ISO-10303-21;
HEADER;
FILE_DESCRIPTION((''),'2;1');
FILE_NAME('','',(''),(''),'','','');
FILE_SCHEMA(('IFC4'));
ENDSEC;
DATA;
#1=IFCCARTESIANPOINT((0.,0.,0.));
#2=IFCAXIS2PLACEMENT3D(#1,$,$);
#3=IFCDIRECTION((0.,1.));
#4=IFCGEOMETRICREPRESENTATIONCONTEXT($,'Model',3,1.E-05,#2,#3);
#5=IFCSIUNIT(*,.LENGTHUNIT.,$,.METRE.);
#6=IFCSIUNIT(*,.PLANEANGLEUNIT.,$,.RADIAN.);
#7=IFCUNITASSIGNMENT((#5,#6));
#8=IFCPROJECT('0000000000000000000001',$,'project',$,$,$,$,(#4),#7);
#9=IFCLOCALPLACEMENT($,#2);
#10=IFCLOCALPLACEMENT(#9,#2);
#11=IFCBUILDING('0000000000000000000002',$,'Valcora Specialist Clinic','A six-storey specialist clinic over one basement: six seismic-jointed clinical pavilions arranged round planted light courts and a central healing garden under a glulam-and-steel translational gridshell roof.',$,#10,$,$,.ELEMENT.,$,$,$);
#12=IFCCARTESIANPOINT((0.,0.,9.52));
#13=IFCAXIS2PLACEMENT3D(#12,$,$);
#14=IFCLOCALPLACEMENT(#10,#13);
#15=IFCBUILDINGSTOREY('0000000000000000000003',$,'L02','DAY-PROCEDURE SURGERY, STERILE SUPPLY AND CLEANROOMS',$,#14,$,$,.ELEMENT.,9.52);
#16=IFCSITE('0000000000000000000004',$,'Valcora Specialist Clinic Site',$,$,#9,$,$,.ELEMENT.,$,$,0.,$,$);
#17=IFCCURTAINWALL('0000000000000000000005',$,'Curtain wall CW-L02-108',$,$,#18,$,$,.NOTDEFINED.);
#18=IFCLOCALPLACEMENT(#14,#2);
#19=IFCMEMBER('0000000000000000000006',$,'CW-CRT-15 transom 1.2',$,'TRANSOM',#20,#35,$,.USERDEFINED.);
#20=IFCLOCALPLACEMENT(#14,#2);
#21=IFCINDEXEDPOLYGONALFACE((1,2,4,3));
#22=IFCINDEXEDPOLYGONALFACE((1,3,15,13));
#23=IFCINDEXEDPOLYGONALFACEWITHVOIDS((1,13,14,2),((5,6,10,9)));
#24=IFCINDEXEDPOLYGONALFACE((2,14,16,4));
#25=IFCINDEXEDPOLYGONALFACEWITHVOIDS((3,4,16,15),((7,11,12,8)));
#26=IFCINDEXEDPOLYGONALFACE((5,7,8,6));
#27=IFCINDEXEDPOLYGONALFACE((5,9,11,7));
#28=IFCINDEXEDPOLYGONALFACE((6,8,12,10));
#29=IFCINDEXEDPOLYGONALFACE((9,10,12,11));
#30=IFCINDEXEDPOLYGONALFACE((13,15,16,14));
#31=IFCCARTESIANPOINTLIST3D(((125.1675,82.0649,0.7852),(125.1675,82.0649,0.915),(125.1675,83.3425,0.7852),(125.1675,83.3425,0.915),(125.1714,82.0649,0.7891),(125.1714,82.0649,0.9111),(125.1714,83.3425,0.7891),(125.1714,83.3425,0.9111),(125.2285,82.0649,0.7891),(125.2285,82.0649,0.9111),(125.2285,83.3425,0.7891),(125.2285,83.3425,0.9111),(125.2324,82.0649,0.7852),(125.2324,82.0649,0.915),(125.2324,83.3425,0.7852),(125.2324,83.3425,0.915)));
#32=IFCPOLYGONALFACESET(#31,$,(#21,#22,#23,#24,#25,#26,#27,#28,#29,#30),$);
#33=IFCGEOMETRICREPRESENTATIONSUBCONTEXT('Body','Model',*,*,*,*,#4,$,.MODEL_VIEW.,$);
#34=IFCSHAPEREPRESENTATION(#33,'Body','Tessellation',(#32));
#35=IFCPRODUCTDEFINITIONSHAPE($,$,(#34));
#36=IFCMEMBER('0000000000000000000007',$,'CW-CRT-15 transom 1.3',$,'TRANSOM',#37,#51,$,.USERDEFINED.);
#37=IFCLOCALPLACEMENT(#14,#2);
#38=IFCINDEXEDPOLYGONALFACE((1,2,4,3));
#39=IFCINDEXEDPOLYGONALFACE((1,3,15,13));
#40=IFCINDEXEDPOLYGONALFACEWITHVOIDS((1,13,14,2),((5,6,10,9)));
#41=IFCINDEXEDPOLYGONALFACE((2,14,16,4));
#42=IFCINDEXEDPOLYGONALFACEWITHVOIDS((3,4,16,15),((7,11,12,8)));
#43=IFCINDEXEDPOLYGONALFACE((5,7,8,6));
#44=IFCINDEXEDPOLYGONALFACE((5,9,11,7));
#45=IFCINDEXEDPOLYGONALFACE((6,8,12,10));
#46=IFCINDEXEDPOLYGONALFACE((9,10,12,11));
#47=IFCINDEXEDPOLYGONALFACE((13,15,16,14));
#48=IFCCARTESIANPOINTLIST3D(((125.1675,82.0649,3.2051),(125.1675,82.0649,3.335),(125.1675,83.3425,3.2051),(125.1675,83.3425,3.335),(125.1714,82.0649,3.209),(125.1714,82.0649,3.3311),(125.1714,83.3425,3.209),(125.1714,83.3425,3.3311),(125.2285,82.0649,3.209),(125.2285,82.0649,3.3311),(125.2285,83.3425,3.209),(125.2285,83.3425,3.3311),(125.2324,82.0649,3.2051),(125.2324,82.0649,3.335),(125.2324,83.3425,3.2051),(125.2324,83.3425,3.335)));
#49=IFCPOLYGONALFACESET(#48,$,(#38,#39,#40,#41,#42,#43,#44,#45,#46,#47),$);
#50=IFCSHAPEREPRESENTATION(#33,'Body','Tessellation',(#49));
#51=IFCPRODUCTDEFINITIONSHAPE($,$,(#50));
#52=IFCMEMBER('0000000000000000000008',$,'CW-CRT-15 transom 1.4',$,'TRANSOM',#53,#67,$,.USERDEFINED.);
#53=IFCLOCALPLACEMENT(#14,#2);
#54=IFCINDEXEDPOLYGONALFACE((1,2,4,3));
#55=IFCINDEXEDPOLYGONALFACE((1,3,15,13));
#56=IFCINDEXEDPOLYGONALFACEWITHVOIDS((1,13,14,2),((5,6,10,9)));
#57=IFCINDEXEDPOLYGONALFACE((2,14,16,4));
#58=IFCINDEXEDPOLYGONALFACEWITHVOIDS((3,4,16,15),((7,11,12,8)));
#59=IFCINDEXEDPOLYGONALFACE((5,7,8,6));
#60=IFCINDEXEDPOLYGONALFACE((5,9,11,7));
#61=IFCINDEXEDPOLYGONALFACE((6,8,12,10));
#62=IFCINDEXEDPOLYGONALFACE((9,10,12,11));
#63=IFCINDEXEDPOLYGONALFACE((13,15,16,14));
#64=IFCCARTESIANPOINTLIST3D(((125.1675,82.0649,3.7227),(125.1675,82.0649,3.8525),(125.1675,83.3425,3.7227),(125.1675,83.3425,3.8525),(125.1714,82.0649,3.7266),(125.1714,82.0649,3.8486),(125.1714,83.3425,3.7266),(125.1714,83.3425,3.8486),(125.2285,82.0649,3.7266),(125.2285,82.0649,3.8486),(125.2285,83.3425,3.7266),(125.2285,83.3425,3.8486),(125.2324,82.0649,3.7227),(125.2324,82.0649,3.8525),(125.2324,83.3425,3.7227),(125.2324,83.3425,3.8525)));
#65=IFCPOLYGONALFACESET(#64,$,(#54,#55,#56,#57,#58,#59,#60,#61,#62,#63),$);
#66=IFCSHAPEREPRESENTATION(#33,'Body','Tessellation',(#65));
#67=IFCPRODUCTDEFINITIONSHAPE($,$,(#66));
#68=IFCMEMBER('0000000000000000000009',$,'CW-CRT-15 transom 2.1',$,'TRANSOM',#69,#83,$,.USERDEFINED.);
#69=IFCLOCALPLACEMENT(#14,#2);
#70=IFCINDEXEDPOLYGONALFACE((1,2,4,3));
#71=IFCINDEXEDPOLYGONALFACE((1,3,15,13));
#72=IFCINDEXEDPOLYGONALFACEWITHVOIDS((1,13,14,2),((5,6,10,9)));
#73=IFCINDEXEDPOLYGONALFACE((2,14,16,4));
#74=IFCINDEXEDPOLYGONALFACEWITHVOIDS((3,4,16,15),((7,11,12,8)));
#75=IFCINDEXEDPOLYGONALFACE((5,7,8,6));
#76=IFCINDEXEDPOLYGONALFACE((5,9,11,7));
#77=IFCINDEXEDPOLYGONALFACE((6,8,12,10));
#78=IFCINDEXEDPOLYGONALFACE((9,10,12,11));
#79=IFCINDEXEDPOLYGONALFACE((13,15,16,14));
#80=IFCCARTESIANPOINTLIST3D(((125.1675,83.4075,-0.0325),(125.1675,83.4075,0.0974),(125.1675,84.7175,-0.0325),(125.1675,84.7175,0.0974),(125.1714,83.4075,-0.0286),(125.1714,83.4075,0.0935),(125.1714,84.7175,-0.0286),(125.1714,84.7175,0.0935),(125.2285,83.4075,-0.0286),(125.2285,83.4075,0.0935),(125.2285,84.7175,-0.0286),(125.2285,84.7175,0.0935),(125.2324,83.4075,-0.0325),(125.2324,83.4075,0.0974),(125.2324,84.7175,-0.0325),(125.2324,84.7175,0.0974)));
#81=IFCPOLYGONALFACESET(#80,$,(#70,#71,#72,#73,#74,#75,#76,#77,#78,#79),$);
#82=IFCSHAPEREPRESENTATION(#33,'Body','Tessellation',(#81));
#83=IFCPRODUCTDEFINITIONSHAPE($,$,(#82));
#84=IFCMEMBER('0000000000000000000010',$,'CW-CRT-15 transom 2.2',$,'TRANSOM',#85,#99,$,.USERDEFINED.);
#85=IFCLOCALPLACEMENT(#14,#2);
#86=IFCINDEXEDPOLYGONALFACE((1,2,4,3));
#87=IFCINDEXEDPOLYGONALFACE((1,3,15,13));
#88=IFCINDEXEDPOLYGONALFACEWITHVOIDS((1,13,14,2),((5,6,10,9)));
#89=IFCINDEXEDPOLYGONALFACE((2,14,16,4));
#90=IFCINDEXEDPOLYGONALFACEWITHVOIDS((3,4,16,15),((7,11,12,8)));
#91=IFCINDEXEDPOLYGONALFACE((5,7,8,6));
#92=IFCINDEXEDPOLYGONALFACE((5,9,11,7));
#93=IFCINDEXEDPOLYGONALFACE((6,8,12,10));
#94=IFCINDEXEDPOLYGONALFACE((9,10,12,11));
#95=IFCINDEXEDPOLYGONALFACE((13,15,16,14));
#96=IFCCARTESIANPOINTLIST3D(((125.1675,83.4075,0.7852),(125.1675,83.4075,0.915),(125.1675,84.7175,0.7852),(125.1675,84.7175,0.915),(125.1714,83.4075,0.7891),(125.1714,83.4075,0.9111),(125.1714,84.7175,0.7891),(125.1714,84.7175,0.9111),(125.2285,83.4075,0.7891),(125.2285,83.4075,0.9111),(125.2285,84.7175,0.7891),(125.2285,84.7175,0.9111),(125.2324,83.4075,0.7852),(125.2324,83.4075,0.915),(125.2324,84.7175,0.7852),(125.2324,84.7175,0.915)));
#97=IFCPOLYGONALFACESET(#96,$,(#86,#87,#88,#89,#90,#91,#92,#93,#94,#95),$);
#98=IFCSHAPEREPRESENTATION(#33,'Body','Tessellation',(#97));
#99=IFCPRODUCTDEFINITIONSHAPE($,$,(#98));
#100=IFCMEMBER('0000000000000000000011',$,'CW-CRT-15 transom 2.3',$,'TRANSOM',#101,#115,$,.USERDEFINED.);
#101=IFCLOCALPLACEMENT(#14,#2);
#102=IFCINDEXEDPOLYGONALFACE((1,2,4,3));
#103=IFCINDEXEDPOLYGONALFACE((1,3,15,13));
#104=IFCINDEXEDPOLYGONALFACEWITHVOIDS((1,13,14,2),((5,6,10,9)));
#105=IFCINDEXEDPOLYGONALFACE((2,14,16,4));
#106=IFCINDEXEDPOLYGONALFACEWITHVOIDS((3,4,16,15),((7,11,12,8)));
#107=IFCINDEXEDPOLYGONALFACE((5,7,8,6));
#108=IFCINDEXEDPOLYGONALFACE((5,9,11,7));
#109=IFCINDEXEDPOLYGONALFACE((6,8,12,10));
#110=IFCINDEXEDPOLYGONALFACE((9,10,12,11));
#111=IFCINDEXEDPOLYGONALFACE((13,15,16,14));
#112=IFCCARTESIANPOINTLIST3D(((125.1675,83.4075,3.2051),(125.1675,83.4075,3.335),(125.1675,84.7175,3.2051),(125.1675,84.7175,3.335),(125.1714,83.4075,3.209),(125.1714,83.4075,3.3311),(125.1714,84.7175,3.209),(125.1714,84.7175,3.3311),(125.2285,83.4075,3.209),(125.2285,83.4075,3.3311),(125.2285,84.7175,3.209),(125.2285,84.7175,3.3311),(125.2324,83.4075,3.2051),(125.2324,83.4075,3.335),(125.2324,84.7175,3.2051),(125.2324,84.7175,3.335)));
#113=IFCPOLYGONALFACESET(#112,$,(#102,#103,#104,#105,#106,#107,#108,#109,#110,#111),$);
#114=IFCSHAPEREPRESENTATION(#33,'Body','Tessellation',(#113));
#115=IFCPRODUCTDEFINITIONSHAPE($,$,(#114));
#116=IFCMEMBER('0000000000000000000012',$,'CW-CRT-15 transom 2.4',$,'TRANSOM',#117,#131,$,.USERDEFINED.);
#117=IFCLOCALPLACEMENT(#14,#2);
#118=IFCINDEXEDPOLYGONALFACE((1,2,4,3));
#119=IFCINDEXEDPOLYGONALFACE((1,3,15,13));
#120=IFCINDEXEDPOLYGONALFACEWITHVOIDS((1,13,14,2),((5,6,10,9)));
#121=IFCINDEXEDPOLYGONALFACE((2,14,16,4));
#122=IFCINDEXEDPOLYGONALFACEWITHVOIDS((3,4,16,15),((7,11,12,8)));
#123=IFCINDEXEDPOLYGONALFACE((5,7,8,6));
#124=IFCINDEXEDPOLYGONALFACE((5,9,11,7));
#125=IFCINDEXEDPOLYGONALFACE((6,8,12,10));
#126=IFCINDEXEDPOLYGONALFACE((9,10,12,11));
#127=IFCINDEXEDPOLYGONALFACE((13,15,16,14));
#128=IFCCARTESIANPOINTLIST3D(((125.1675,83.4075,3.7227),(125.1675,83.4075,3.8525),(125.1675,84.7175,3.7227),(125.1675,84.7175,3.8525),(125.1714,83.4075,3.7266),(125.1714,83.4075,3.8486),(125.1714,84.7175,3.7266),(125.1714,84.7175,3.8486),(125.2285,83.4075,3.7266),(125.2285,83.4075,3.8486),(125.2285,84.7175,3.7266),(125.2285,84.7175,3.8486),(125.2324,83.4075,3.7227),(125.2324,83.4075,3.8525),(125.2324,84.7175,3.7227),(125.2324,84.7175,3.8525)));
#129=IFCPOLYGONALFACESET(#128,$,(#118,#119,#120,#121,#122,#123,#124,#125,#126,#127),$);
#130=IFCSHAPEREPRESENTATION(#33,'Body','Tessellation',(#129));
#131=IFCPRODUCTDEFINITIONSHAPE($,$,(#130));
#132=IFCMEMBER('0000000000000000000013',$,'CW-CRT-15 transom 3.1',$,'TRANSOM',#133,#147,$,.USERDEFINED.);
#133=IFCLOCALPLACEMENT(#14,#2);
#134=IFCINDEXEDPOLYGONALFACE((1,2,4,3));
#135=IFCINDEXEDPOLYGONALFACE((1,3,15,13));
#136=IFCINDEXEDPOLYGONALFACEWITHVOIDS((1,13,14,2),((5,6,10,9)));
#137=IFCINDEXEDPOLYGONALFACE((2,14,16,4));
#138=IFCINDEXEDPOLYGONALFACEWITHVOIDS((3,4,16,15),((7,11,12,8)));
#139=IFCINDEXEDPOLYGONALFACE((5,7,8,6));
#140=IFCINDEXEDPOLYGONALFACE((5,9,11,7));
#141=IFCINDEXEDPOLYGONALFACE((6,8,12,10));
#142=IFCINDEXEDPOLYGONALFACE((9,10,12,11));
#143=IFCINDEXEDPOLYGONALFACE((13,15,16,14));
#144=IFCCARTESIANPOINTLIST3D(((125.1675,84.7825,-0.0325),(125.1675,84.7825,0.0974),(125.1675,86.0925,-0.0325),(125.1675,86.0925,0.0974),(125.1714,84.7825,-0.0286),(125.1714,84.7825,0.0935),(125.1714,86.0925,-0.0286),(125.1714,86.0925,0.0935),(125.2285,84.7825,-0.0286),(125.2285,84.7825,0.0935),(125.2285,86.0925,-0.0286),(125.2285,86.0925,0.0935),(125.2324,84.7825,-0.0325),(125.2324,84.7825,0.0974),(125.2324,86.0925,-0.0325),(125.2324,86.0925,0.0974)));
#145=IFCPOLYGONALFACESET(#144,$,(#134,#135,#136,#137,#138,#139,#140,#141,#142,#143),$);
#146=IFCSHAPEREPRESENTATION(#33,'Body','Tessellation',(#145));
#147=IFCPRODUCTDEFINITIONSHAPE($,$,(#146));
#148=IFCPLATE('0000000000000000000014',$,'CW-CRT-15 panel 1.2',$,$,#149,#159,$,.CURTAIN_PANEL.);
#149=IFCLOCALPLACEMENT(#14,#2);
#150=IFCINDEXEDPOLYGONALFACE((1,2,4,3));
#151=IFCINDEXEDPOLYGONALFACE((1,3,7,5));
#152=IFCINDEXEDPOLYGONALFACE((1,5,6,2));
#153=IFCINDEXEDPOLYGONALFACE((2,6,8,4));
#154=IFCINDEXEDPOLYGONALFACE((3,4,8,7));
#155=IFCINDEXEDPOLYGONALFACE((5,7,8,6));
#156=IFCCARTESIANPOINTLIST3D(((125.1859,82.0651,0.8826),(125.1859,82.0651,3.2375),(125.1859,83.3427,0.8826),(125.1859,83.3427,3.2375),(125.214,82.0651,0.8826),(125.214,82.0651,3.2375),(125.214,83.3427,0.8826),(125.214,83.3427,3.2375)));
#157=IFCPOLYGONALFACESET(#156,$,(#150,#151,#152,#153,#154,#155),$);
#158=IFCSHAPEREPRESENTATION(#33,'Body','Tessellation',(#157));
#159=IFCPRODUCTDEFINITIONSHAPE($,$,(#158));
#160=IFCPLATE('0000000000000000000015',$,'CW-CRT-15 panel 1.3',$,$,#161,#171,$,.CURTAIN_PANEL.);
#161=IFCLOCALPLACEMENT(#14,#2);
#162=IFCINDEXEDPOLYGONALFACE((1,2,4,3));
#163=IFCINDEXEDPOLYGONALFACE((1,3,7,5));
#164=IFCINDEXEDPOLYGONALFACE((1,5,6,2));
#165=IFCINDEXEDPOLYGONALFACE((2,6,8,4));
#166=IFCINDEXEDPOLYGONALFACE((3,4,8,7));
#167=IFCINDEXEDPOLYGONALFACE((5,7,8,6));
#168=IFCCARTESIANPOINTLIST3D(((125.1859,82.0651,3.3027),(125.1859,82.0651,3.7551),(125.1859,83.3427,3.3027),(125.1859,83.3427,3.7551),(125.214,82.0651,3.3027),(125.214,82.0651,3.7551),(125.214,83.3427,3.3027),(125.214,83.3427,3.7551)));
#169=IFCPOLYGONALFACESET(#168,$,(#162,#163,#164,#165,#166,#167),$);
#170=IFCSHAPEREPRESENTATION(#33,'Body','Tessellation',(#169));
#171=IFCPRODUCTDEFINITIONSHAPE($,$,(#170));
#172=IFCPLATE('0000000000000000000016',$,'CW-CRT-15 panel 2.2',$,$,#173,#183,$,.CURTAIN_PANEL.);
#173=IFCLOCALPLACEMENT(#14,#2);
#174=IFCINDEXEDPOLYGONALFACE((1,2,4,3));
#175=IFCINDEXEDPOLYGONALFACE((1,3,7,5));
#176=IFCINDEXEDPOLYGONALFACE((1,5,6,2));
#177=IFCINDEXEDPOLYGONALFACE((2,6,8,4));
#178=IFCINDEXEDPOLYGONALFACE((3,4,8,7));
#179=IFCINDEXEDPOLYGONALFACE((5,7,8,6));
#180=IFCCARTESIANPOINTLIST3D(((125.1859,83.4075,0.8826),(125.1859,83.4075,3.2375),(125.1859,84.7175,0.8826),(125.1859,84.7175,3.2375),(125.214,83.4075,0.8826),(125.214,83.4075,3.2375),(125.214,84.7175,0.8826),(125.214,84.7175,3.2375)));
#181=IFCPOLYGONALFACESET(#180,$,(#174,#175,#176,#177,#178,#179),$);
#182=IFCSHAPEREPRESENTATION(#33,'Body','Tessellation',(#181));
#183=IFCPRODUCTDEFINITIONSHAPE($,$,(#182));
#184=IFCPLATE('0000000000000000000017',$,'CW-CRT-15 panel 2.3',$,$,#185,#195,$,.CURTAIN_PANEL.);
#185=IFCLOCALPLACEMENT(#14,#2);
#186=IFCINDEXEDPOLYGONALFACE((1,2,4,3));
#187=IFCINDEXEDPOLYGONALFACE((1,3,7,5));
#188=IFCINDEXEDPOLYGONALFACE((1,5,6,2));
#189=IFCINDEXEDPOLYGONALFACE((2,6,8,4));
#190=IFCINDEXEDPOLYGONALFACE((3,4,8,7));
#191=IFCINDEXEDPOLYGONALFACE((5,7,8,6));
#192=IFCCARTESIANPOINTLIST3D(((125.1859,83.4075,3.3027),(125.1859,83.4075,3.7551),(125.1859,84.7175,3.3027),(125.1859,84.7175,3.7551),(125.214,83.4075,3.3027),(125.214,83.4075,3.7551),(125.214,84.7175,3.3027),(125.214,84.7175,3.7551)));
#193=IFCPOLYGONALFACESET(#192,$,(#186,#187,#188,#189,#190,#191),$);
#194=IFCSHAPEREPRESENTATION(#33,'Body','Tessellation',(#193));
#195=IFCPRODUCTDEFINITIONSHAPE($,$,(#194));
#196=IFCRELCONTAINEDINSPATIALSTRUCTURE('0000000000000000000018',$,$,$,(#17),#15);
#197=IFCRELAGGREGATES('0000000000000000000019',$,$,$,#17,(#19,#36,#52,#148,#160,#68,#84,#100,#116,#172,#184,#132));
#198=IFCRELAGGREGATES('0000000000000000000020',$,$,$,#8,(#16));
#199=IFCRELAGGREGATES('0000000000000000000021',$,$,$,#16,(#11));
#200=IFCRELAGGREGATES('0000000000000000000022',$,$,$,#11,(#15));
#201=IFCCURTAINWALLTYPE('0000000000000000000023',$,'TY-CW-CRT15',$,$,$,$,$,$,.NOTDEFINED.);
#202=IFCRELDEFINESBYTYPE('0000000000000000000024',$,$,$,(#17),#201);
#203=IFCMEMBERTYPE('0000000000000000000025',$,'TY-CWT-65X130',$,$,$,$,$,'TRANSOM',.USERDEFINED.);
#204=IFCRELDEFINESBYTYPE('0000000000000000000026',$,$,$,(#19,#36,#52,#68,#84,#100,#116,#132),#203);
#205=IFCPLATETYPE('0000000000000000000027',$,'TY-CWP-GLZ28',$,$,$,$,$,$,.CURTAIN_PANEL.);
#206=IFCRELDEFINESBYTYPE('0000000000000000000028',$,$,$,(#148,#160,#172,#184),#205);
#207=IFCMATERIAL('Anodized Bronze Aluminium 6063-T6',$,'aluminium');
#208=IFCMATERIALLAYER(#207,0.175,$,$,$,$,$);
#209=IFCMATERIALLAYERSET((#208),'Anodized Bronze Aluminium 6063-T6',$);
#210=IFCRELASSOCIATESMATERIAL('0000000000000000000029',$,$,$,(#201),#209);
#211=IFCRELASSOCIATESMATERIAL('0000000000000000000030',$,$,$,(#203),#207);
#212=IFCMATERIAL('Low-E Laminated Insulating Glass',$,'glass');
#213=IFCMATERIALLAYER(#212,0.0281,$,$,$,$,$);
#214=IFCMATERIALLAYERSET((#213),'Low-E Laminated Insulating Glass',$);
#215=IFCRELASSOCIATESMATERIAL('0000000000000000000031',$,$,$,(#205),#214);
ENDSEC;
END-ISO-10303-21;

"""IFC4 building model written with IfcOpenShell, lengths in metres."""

from ifc_helpers import new_model, si_unit, direction, frame, origin, origin_2d, place, context, subcontext, project, spatial, rectangle, hollow_rectangle, extrude, material, layer, layer_set, material_profile, profile_set, type_object, element, aggregate, save


model = new_model("IFC4")

# Units and contexts
model_context = context("Model", 3, precision=1e-05, world=origin(), true_north=direction((0.0, 1.0)))
body_context = subcontext(model_context, "Body", "Model", "MODEL_VIEW")
ifc_project = project(units=[si_unit("LENGTHUNIT", "METRE"), si_unit("PLANEANGLEUNIT", "RADIAN")], contexts=[model_context])

# Site, building, storey
site_placement = place(None, origin())
site = spatial("IfcSite", under=ifc_project, at=site_placement, Name="Valcora Specialist Clinic Site", CompositionType="ELEMENT", RefElevation=0.0)
building_placement = place(site_placement, origin())
building = spatial("IfcBuilding", under=site, at=building_placement, Name="Valcora Specialist Clinic", Description="A six-storey specialist clinic over one basement: six seismic-jointed clinical pavilions arranged round planted light courts and a central healing garden under a glulam-and-steel translational gridshell roof.", CompositionType="ELEMENT")
storey_placement = place(building_placement, frame((0.0, 0.0, 9.52)))
storey = spatial("IfcBuildingStorey", under=building, at=storey_placement, Name="L02", Description="DAY-PROCEDURE SURGERY, STERILE SUPPLY AND CLEANROOMS", CompositionType="ELEMENT", Elevation=9.52)

# Curtain wall
ifc_material_1 = material(Name="Anodized Bronze Aluminium 6063-T6", Category="aluminium")
ifc_layer_1 = layer(ifc_material_1, 0.175)
ifc_layer_set_1 = layer_set([ifc_layer_1], Name="Anodized Bronze Aluminium 6063-T6")
curtain_wall_type = type_object("IfcCurtainWallType", Name="TY-CW-CRT15", PredefinedType="NOTDEFINED", material=ifc_layer_set_1)
curtain_wall_1_placement = place(storey_placement, origin())
curtain_wall_1 = element("IfcCurtainWall", 1, at=curtain_wall_1_placement, inside=storey, type_object=curtain_wall_type, Name="Curtain wall CW-L02-108", PredefinedType="NOTDEFINED")

# Members
ifc_material_profile_1 = material_profile(ifc_material_1, hollow_rectangle(XDim=0.0649, YDim=0.1299, WallThickness=0.0039, at=origin_2d()), Name="AL-TRN-65X130")
ifc_profile_set_1 = profile_set([ifc_material_profile_1], Name="Anodized Bronze Aluminium 6063-T6")
member_type_1 = type_object("IfcMemberType", Name="TY-CWT-65X130", ElementType="TRANSOM", PredefinedType="USERDEFINED", material=ifc_profile_set_1)
member_1_placement = place(storey_placement, frame((125.2, 82.0649, 0.8501), z_axis=(0.0, 1.0, 0.0), x_axis=(-1.0, 0.0, 0.0)))
member_1 = element("IfcMember", 2, at=member_1_placement, type_object=member_type_1, Name="CW-CRT-15 transom 1.2", ObjectType="TRANSOM", PredefinedType="USERDEFINED", context=body_context, shape_type="SweptSolid", body=[
    extrude(hollow_rectangle(XDim=0.0649, YDim=0.1299, WallThickness=0.0039, at=origin_2d()), origin(), (0.0, 0.0, 1.0), 1.2776),
])
member_2_placement = place(storey_placement, frame((125.2, 82.0649, 3.27), z_axis=(0.0, 1.0, 0.0), x_axis=(-1.0, 0.0, 0.0)))
member_2 = element("IfcMember", 3, at=member_2_placement, type_object=member_type_1, Name="CW-CRT-15 transom 1.3", ObjectType="TRANSOM", PredefinedType="USERDEFINED", context=body_context, shape_type="SweptSolid", body=[
    extrude(hollow_rectangle(XDim=0.0649, YDim=0.1299, WallThickness=0.0039, at=origin_2d()), origin(), (0.0, 0.0, 1.0), 1.2776),
])
member_3_placement = place(storey_placement, frame((125.2, 82.0649, 3.7876), z_axis=(0.0, 1.0, 0.0), x_axis=(-1.0, 0.0, 0.0)))
member_3 = element("IfcMember", 4, at=member_3_placement, type_object=member_type_1, Name="CW-CRT-15 transom 1.4", ObjectType="TRANSOM", PredefinedType="USERDEFINED", context=body_context, shape_type="SweptSolid", body=[
    extrude(hollow_rectangle(XDim=0.0649, YDim=0.1299, WallThickness=0.0039, at=origin_2d()), origin(), (0.0, 0.0, 1.0), 1.2776),
])
member_4_placement = place(storey_placement, frame((125.2, 83.4075, 0.0325), z_axis=(0.0, 1.0, 0.0), x_axis=(-1.0, 0.0, 0.0)))
member_4 = element("IfcMember", 5, at=member_4_placement, type_object=member_type_1, Name="CW-CRT-15 transom 2.1", ObjectType="TRANSOM", PredefinedType="USERDEFINED", context=body_context, shape_type="SweptSolid", body=[
    extrude(hollow_rectangle(XDim=0.0649, YDim=0.1299, WallThickness=0.0039, at=origin_2d()), origin(), (0.0, 0.0, 1.0), 1.3101),
])
member_5_placement = place(storey_placement, frame((125.2, 83.4075, 0.8501), z_axis=(0.0, 1.0, 0.0), x_axis=(-1.0, 0.0, 0.0)))
member_5 = element("IfcMember", 6, at=member_5_placement, type_object=member_type_1, Name="CW-CRT-15 transom 2.2", ObjectType="TRANSOM", PredefinedType="USERDEFINED", context=body_context, shape_type="SweptSolid", body=[
    extrude(hollow_rectangle(XDim=0.0649, YDim=0.1299, WallThickness=0.0039, at=origin_2d()), origin(), (0.0, 0.0, 1.0), 1.3101),
])
member_6_placement = place(storey_placement, frame((125.2, 83.4075, 3.27), z_axis=(0.0, 1.0, 0.0), x_axis=(-1.0, 0.0, 0.0)))
member_6 = element("IfcMember", 7, at=member_6_placement, type_object=member_type_1, Name="CW-CRT-15 transom 2.3", ObjectType="TRANSOM", PredefinedType="USERDEFINED", context=body_context, shape_type="SweptSolid", body=[
    extrude(hollow_rectangle(XDim=0.0649, YDim=0.1299, WallThickness=0.0039, at=origin_2d()), origin(), (0.0, 0.0, 1.0), 1.3101),
])
member_7_placement = place(storey_placement, frame((125.2, 83.4075, 3.7876), z_axis=(0.0, 1.0, 0.0), x_axis=(-1.0, 0.0, 0.0)))
member_7 = element("IfcMember", 8, at=member_7_placement, type_object=member_type_1, Name="CW-CRT-15 transom 2.4", ObjectType="TRANSOM", PredefinedType="USERDEFINED", context=body_context, shape_type="SweptSolid", body=[
    extrude(hollow_rectangle(XDim=0.0649, YDim=0.1299, WallThickness=0.0039, at=origin_2d()), origin(), (0.0, 0.0, 1.0), 1.3101),
])
member_8_placement = place(storey_placement, frame((125.2, 84.7825, 0.0325), z_axis=(0.0, 1.0, 0.0), x_axis=(-1.0, 0.0, 0.0)))
member_8 = element("IfcMember", 9, at=member_8_placement, type_object=member_type_1, Name="CW-CRT-15 transom 3.1", ObjectType="TRANSOM", PredefinedType="USERDEFINED", context=body_context, shape_type="SweptSolid", body=[
    extrude(hollow_rectangle(XDim=0.0649, YDim=0.1299, WallThickness=0.0039, at=origin_2d()), origin(), (0.0, 0.0, 1.0), 1.3101),
])

# Plates
ifc_material_2 = material(Name="Low-E Laminated Insulating Glass", Category="glass")
ifc_layer_2 = layer(ifc_material_2, 0.0281)
ifc_layer_set_2 = layer_set([ifc_layer_2], Name="Low-E Laminated Insulating Glass")
plate_type_1 = type_object("IfcPlateType", Name="TY-CWP-GLZ28", PredefinedType="CURTAIN_PANEL", material=ifc_layer_set_2)
plate_1_placement = place(storey_placement, frame((125.2, 82.7039, 0.8826), z_axis=(0.0, 0.0, 1.0), x_axis=(0.0, 1.0, 0.0)))
plate_1 = element("IfcPlate", 10, at=plate_1_placement, type_object=plate_type_1, Name="CW-CRT-15 panel 1.2", PredefinedType="CURTAIN_PANEL", context=body_context, shape_type="SweptSolid", body=[
    extrude(rectangle(XDim=1.2776, YDim=0.0281, at=origin_2d()), origin(), (0.0, 0.0, 1.0), 2.355),
])
plate_2_placement = place(storey_placement, frame((125.2, 82.7039, 3.3027), z_axis=(0.0, 0.0, 1.0), x_axis=(0.0, 1.0, 0.0)))
plate_2 = element("IfcPlate", 11, at=plate_2_placement, type_object=plate_type_1, Name="CW-CRT-15 panel 1.3", PredefinedType="CURTAIN_PANEL", context=body_context, shape_type="SweptSolid", body=[
    extrude(rectangle(XDim=1.2776, YDim=0.0281, at=origin_2d()), origin(), (0.0, 0.0, 1.0), 0.4524),
])
plate_3_placement = place(storey_placement, frame((125.2, 84.0625, 0.8826), z_axis=(0.0, 0.0, 1.0), x_axis=(0.0, 1.0, 0.0)))
plate_3 = element("IfcPlate", 12, at=plate_3_placement, type_object=plate_type_1, Name="CW-CRT-15 panel 2.2", PredefinedType="CURTAIN_PANEL", context=body_context, shape_type="SweptSolid", body=[
    extrude(rectangle(XDim=1.3101, YDim=0.0281, at=origin_2d()), origin(), (0.0, 0.0, 1.0), 2.355),
])
plate_4_placement = place(storey_placement, frame((125.2, 84.0625, 3.3027), z_axis=(0.0, 0.0, 1.0), x_axis=(0.0, 1.0, 0.0)))
plate_4 = element("IfcPlate", 13, at=plate_4_placement, type_object=plate_type_1, Name="CW-CRT-15 panel 2.3", PredefinedType="CURTAIN_PANEL", context=body_context, shape_type="SweptSolid", body=[
    extrude(rectangle(XDim=1.3101, YDim=0.0281, at=origin_2d()), origin(), (0.0, 0.0, 1.0), 0.4524),
])
aggregate(curtain_wall_1, [member_1, member_2, member_3, plate_1, plate_2, member_4, member_5, member_6, member_7, plate_3, plate_4, member_8])

save(model, "model.ifc")
